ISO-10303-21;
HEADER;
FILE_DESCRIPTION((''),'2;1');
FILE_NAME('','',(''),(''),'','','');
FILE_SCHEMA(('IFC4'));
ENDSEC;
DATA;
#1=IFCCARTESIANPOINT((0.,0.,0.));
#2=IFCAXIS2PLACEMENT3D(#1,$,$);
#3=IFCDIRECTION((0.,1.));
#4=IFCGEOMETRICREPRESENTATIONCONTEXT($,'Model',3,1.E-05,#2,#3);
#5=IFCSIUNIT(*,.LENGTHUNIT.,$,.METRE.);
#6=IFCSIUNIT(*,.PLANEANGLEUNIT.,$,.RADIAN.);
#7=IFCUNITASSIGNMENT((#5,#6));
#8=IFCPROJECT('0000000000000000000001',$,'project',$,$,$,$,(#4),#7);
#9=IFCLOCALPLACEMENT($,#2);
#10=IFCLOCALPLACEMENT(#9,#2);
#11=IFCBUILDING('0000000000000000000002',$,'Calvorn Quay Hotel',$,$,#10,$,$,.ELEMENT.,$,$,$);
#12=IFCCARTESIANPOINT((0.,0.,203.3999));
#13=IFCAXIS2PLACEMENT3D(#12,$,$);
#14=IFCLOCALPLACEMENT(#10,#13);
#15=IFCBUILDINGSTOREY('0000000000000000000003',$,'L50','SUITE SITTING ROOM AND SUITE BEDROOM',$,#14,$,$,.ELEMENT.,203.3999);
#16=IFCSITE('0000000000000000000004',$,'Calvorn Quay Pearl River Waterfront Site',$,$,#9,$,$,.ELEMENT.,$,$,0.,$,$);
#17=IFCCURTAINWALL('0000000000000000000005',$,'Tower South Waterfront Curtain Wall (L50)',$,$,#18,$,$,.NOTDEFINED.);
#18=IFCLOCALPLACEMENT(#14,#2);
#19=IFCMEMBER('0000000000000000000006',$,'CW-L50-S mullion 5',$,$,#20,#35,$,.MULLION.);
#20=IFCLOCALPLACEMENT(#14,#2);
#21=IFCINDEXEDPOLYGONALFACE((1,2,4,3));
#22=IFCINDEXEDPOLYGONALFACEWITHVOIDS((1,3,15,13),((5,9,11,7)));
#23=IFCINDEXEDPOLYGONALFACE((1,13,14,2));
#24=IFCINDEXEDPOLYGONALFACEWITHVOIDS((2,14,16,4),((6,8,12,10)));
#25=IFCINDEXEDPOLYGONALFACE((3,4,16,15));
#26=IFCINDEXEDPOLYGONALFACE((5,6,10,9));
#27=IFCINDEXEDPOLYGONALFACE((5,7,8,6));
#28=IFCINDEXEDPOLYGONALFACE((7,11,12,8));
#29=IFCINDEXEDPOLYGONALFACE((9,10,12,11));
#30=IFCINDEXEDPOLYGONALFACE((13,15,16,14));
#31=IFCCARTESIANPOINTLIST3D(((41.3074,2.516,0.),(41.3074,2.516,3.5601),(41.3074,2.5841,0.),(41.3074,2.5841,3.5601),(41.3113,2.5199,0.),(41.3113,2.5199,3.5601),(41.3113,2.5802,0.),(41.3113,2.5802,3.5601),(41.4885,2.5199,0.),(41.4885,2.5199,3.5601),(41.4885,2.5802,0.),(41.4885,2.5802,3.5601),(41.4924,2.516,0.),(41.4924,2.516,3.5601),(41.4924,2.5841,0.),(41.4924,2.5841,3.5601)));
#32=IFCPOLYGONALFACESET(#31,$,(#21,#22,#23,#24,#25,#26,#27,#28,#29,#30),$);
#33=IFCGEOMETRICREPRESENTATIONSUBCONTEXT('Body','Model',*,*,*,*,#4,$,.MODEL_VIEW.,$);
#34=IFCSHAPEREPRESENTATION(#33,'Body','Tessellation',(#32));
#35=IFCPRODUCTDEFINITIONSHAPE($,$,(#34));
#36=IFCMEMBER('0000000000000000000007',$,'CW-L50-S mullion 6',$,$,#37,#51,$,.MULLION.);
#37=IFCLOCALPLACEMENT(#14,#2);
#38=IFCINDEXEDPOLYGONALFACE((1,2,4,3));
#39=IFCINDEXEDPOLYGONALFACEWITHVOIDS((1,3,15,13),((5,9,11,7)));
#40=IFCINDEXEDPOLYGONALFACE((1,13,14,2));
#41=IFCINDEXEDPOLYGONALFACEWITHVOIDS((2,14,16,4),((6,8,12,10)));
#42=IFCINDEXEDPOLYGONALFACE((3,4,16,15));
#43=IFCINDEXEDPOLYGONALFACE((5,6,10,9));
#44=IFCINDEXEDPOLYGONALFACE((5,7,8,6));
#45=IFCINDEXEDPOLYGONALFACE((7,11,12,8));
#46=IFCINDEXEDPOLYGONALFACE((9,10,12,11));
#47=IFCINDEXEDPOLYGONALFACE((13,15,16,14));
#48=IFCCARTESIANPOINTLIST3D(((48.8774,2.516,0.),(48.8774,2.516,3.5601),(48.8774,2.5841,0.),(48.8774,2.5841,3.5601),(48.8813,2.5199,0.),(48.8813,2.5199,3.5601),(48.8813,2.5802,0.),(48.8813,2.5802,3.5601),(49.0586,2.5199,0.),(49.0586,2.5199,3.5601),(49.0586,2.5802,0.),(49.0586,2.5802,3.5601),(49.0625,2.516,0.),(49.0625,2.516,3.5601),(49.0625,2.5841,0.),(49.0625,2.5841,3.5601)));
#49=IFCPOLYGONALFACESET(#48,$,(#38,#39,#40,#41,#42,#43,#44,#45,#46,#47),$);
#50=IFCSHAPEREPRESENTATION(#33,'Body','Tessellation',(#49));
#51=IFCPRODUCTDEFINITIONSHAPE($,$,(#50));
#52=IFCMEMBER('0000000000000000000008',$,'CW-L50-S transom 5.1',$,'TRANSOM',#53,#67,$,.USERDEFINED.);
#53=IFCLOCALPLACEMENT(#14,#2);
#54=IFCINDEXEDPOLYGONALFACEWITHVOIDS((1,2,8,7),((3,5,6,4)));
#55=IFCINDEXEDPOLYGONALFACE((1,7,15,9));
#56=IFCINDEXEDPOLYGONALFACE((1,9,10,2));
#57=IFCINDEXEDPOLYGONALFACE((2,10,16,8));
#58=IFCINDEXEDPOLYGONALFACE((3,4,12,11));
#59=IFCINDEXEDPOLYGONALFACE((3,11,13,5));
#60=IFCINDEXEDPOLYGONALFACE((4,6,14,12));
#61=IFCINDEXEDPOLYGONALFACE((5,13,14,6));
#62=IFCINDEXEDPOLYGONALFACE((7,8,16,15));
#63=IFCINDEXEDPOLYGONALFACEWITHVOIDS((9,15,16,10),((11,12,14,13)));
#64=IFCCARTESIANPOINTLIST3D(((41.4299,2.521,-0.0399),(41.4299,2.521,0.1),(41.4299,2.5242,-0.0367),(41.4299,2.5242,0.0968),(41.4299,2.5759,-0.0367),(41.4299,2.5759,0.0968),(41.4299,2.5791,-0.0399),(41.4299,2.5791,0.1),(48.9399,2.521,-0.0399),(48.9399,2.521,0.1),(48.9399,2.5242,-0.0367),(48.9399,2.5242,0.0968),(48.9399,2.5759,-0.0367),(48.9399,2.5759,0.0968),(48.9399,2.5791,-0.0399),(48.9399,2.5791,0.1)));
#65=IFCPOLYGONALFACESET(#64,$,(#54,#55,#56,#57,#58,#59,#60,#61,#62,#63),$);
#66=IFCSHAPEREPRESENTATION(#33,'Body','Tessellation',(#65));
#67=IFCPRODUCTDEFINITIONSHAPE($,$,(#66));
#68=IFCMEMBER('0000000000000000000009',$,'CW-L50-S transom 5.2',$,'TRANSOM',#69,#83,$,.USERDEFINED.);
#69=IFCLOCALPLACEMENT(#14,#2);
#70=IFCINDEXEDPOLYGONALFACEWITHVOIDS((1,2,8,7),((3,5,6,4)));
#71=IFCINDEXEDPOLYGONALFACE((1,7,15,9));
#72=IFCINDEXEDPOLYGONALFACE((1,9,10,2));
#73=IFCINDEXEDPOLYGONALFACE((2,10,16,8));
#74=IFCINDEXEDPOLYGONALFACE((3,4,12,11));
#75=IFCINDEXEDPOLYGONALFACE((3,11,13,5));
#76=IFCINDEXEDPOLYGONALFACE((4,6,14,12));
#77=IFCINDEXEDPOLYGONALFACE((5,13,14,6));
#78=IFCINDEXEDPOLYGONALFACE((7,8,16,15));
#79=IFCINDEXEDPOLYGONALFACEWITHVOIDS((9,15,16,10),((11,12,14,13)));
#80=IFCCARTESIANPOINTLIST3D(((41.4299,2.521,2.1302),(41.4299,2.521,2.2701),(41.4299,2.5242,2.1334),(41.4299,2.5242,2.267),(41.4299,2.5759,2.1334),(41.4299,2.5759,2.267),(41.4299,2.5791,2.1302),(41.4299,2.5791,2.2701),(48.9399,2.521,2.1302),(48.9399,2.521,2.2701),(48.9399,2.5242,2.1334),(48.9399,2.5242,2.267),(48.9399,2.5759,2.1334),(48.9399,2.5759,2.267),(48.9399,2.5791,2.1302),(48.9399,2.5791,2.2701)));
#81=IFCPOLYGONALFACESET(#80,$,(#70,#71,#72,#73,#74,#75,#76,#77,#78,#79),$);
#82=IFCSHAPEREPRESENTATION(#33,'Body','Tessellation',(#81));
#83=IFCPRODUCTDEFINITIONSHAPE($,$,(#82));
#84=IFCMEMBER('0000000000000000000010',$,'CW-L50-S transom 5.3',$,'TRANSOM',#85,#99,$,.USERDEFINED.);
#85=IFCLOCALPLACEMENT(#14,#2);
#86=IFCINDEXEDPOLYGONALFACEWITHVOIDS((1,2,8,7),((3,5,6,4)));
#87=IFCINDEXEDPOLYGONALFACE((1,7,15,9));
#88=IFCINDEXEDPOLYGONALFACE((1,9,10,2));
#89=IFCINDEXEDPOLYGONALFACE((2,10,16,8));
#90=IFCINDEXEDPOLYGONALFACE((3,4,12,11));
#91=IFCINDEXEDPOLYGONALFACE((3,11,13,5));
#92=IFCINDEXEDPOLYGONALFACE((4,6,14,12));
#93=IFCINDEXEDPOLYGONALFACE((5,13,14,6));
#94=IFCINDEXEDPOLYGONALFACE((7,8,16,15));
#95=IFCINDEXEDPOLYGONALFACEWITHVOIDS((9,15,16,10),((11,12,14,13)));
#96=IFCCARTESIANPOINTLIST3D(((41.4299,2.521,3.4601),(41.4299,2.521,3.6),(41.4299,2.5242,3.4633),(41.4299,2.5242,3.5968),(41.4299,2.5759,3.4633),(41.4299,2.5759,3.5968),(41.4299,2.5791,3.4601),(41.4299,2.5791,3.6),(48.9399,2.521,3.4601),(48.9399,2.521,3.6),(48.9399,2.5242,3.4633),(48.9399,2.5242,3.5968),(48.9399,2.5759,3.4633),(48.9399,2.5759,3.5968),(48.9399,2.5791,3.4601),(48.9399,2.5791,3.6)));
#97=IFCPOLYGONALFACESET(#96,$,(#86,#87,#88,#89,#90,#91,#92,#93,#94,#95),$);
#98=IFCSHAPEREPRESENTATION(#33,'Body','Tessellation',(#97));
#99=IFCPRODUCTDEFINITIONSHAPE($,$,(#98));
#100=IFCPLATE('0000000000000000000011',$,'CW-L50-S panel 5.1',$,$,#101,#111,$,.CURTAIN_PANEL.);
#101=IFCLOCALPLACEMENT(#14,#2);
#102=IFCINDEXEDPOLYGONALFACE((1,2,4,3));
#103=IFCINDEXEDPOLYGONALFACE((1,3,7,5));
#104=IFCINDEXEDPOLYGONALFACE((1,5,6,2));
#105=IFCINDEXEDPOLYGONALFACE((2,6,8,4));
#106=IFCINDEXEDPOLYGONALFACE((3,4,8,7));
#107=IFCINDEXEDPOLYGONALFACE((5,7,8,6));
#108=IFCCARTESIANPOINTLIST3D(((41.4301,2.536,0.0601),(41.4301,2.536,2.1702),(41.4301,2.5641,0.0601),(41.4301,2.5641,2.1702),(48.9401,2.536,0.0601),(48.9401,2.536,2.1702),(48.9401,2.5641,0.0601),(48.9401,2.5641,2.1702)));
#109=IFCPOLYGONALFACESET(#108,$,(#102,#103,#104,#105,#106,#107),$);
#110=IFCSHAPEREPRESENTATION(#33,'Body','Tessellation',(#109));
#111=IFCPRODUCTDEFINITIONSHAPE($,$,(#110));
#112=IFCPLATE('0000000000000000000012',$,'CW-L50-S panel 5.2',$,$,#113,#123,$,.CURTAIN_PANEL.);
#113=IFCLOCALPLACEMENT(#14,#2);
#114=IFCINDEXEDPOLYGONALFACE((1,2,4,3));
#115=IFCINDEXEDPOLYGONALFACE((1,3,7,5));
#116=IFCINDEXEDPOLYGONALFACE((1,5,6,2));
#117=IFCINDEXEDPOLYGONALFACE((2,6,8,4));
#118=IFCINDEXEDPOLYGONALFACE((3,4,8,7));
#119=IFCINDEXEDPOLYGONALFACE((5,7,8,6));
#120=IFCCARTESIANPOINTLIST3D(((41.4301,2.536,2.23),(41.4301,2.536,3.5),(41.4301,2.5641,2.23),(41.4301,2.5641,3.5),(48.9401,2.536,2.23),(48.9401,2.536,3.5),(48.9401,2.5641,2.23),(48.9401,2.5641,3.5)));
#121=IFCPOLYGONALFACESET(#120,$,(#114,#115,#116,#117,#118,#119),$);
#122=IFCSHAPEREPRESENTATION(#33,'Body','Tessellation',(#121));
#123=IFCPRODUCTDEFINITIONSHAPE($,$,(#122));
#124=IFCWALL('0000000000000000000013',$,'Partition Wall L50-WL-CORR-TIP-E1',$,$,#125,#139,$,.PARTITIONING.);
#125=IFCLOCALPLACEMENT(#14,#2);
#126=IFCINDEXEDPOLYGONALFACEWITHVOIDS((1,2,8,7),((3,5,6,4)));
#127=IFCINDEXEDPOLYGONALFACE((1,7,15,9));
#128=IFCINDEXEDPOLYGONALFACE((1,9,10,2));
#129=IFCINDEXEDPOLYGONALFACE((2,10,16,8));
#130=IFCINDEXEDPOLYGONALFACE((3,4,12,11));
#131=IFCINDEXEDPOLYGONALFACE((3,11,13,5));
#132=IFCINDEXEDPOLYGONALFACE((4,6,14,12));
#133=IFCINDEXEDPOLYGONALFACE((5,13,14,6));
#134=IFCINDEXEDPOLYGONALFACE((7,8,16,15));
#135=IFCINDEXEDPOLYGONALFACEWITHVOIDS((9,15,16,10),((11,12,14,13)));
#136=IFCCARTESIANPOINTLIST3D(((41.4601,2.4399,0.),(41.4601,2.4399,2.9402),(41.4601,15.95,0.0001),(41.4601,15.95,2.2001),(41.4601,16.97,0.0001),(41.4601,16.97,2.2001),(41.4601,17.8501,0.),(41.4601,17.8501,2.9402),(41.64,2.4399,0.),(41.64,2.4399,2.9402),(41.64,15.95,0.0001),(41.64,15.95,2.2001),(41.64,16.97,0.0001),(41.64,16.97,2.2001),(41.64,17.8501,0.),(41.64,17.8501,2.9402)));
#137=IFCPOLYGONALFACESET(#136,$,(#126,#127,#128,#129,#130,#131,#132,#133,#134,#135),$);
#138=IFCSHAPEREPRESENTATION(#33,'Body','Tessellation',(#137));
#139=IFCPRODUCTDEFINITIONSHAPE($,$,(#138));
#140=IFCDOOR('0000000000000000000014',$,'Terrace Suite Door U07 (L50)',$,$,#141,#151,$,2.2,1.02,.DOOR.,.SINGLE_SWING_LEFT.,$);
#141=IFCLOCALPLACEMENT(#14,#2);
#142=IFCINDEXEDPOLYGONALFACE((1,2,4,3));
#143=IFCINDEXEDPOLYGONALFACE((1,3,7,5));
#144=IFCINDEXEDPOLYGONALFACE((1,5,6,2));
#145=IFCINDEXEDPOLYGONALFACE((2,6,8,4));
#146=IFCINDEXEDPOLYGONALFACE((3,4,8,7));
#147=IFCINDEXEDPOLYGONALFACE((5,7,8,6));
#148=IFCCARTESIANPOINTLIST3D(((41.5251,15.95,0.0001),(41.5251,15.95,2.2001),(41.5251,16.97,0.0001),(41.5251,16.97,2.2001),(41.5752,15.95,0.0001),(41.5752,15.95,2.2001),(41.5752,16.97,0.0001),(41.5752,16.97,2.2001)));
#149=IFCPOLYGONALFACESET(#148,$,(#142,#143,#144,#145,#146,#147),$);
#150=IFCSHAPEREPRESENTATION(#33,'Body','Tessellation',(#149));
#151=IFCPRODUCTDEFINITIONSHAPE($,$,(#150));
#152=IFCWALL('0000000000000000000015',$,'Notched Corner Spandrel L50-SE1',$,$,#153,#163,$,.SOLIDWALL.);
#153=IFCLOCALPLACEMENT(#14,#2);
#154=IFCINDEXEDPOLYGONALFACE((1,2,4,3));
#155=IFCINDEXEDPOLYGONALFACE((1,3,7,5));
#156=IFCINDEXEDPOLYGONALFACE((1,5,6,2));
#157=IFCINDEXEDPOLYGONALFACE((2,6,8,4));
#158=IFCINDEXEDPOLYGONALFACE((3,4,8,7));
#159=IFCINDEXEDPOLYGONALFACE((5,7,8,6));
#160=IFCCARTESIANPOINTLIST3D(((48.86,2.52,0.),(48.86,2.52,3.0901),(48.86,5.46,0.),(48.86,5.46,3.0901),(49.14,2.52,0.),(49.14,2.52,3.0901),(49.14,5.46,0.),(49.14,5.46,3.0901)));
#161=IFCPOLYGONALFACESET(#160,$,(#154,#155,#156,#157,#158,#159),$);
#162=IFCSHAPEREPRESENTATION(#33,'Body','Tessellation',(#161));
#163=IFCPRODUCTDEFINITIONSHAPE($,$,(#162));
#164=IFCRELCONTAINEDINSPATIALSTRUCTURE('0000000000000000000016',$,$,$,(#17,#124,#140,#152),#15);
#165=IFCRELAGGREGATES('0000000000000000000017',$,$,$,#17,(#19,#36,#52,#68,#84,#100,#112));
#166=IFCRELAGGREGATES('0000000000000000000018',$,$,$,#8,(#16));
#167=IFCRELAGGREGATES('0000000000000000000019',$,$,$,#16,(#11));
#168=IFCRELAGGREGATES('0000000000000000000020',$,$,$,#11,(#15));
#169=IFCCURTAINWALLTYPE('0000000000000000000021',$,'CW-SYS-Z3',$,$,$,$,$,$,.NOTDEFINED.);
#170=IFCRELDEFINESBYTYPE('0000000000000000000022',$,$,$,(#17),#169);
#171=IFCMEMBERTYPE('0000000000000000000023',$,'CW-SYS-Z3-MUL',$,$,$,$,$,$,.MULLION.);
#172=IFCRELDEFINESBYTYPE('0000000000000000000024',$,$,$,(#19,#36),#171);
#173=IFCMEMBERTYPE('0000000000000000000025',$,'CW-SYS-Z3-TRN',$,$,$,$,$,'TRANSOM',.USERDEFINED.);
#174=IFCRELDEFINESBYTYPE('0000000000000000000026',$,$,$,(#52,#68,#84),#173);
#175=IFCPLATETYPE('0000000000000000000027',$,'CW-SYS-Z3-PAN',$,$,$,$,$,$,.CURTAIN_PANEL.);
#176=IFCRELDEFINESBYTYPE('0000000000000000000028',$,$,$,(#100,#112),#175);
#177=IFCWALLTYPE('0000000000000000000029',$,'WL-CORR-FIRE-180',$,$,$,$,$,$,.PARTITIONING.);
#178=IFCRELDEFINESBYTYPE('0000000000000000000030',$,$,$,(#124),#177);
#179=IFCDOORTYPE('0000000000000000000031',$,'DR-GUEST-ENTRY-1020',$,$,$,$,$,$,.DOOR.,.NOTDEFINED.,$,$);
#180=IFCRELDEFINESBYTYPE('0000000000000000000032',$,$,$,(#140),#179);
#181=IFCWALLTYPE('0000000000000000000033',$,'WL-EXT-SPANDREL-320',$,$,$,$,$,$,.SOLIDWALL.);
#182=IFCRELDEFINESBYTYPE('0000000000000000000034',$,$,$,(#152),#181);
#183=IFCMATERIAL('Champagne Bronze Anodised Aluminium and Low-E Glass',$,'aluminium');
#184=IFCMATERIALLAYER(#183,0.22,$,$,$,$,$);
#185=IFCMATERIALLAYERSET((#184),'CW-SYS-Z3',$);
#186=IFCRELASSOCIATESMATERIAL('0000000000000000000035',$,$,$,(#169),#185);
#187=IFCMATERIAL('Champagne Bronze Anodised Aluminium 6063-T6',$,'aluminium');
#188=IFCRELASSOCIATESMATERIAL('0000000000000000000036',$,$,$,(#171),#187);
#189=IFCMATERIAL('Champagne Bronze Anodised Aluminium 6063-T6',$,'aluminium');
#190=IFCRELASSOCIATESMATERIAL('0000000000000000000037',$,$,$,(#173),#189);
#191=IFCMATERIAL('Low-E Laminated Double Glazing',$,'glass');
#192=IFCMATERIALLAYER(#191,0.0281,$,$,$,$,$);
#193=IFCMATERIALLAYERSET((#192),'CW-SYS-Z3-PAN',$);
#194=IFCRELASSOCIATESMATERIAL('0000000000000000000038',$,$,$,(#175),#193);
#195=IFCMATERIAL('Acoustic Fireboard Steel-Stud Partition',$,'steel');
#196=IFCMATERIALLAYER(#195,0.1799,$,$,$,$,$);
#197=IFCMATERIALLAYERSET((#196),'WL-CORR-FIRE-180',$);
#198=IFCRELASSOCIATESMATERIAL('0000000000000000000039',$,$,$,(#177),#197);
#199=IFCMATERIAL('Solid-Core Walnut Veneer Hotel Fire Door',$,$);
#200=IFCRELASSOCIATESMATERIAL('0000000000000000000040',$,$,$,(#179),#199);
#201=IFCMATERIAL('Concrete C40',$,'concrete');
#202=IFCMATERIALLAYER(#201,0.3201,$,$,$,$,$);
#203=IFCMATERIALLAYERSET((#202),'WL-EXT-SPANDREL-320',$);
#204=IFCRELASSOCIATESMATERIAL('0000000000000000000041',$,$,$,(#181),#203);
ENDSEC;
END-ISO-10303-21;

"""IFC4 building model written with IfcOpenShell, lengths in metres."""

from ifc_helpers import new_model, si_unit, direction, frame, frame_2d, origin, origin_2d, place, context, subcontext, project, spatial, rectangle, hollow_rectangle, extrude, material, layer, layer_set, material_profile, profile_set, type_object, element, fill, aggregate, save


model = new_model("IFC4")

# Units and contexts
model_context = context("Model", 3, precision=1e-05, world=origin(), true_north=direction((0.0, 1.0)))
body_context = subcontext(model_context, "Body", "Model", "MODEL_VIEW")
ifc_project = project(units=[si_unit("LENGTHUNIT", "METRE"), si_unit("PLANEANGLEUNIT", "RADIAN")], contexts=[model_context])

# Site, building, storey
site_placement = place(None, origin())
site = spatial("IfcSite", under=ifc_project, at=site_placement, Name="Calvorn Quay Pearl River Waterfront Site", CompositionType="ELEMENT", RefElevation=0.0)
building_placement = place(site_placement, origin())
building = spatial("IfcBuilding", under=site, at=building_placement, Name="Calvorn Quay Hotel", CompositionType="ELEMENT")
storey_placement = place(building_placement, frame((0.0, 0.0, 203.3999)))
storey = spatial("IfcBuildingStorey", under=building, at=storey_placement, Name="L50", Description="SUITE SITTING ROOM AND SUITE BEDROOM", CompositionType="ELEMENT", Elevation=203.3999)

# Curtain wall, members, plates
ifc_material_1 = material(Name="Champagne Bronze Anodised Aluminium and Low-E Glass", Category="aluminium")
ifc_layer_1 = layer(ifc_material_1, 0.22)
ifc_layer_set_1 = layer_set([ifc_layer_1], Name="CW-SYS-Z3")
curtain_wall_type = type_object("IfcCurtainWallType", Name="CW-SYS-Z3", PredefinedType="NOTDEFINED", material=ifc_layer_set_1)
curtain_wall_placement = place(storey_placement, origin())
curtain_wall = element("IfcCurtainWall", 1, at=curtain_wall_placement, inside=storey, type_object=curtain_wall_type, Name="Tower South Waterfront Curtain Wall (L50)", PredefinedType="NOTDEFINED")
ifc_material_2 = material(Name="Champagne Bronze Anodised Aluminium 6063-T6", Category="aluminium")
ifc_material_profile_1 = material_profile(ifc_material_2, hollow_rectangle(XDim=0.0681, YDim=0.1851, WallThickness=0.0039, at=origin_2d()), Name="ALU-M185x68x4")
ifc_profile_set_1 = profile_set([ifc_material_profile_1], Name="Champagne Bronze Anodised Aluminium 6063-T6")
member_type_1 = type_object("IfcMemberType", Name="CW-SYS-Z3-MUL", PredefinedType="MULLION", material=ifc_profile_set_1)
member_1_placement = place(storey_placement, frame((41.3999, 2.55, 0.0), z_axis=(0.0, 0.0, 1.0), x_axis=(0.0, 1.0, 0.0)))
member_1 = element("IfcMember", 2, at=member_1_placement, type_object=member_type_1, Name="CW-L50-S mullion 5", PredefinedType="MULLION", context=body_context, shape_type="SweptSolid", body=[
    extrude(hollow_rectangle(XDim=0.0681, YDim=0.1851, WallThickness=0.0039, at=origin_2d()), origin(), (0.0, 0.0, 1.0), 3.5601),
])
member_2_placement = place(storey_placement, frame((48.97, 2.55, 0.0), z_axis=(0.0, 0.0, 1.0), x_axis=(0.0, 1.0, 0.0)))
member_2 = element("IfcMember", 3, at=member_2_placement, type_object=member_type_1, Name="CW-L50-S mullion 6", PredefinedType="MULLION", context=body_context, shape_type="SweptSolid", body=[
    extrude(hollow_rectangle(XDim=0.0681, YDim=0.1851, WallThickness=0.0039, at=origin_2d()), origin(), (0.0, 0.0, 1.0), 3.5601),
])
ifc_material_3 = material(Name="Champagne Bronze Anodised Aluminium 6063-T6", Category="aluminium")
ifc_material_profile_2 = material_profile(ifc_material_3, hollow_rectangle(XDim=0.0581, YDim=0.1399, WallThickness=0.0032, at=origin_2d()), Name="ALU-T140x58x3.2")
ifc_profile_set_2 = profile_set([ifc_material_profile_2], Name="Champagne Bronze Anodised Aluminium 6063-T6")
member_type_2 = type_object("IfcMemberType", Name="CW-SYS-Z3-TRN", ElementType="TRANSOM", PredefinedType="USERDEFINED", material=ifc_profile_set_2)
member_3_placement = place(storey_placement, frame((41.4299, 2.55, 0.03), z_axis=(1.0, 0.0, 0.0), x_axis=(0.0, 1.0, 0.0)))
member_3 = element("IfcMember", 4, at=member_3_placement, type_object=member_type_2, Name="CW-L50-S transom 5.1", ObjectType="TRANSOM", PredefinedType="USERDEFINED", context=body_context, shape_type="SweptSolid", body=[
    extrude(hollow_rectangle(XDim=0.0581, YDim=0.1399, WallThickness=0.0032, at=origin_2d()), origin(), (0.0, 0.0, 1.0), 7.51),
])
member_4_placement = place(storey_placement, frame((41.4299, 2.55, 2.2002), z_axis=(1.0, 0.0, 0.0), x_axis=(0.0, 1.0, 0.0)))
member_4 = element("IfcMember", 5, at=member_4_placement, type_object=member_type_2, Name="CW-L50-S transom 5.2", ObjectType="TRANSOM", PredefinedType="USERDEFINED", context=body_context, shape_type="SweptSolid", body=[
    extrude(hollow_rectangle(XDim=0.0581, YDim=0.1399, WallThickness=0.0032, at=origin_2d()), origin(), (0.0, 0.0, 1.0), 7.51),
])
member_5_placement = place(storey_placement, frame((41.4299, 2.55, 3.53), z_axis=(1.0, 0.0, 0.0), x_axis=(0.0, 1.0, 0.0)))
member_5 = element("IfcMember", 6, at=member_5_placement, type_object=member_type_2, Name="CW-L50-S transom 5.3", ObjectType="TRANSOM", PredefinedType="USERDEFINED", context=body_context, shape_type="SweptSolid", body=[
    extrude(hollow_rectangle(XDim=0.0581, YDim=0.1399, WallThickness=0.0032, at=origin_2d()), origin(), (0.0, 0.0, 1.0), 7.51),
])
ifc_material_4 = material(Name="Low-E Laminated Double Glazing", Category="glass")
ifc_layer_2 = layer(ifc_material_4, 0.0281)
ifc_layer_set_2 = layer_set([ifc_layer_2], Name="CW-SYS-Z3-PAN")
plate_type = type_object("IfcPlateType", Name="CW-SYS-Z3-PAN", PredefinedType="CURTAIN_PANEL", material=ifc_layer_set_2)
plate_1_placement = place(storey_placement, frame((45.1851, 2.55, 0.0601), z_axis=(0.0, 0.0, 1.0), x_axis=(1.0, 0.0, 0.0)))
plate_1 = element("IfcPlate", 7, at=plate_1_placement, type_object=plate_type, Name="CW-L50-S panel 5.1", PredefinedType="CURTAIN_PANEL", context=body_context, shape_type="SweptSolid", body=[
    extrude(rectangle(XDim=7.51, YDim=0.0281, at=origin_2d()), origin(), (0.0, 0.0, 1.0), 2.1101),
])
plate_2_placement = place(storey_placement, frame((45.1851, 2.55, 2.23), z_axis=(0.0, 0.0, 1.0), x_axis=(1.0, 0.0, 0.0)))
plate_2 = element("IfcPlate", 8, at=plate_2_placement, type_object=plate_type, Name="CW-L50-S panel 5.2", PredefinedType="CURTAIN_PANEL", context=body_context, shape_type="SweptSolid", body=[
    extrude(rectangle(XDim=7.51, YDim=0.0281, at=origin_2d()), origin(), (0.0, 0.0, 1.0), 1.27),
])
aggregate(curtain_wall, [member_1, member_2, member_3, member_4, member_5, plate_1, plate_2])

# Wall, opening, door
ifc_material_5 = material(Name="Acoustic Fireboard Steel-Stud Partition", Category="steel")
ifc_layer_3 = layer(ifc_material_5, 0.1799)
ifc_layer_set_3 = layer_set([ifc_layer_3], Name="WL-CORR-FIRE-180")
wall_type_1 = type_object("IfcWallType", Name="WL-CORR-FIRE-180", PredefinedType="PARTITIONING", material=ifc_layer_set_3)
wall_1_placement = place(storey_placement, frame((41.55, 2.4399, 0.0), z_axis=(0.0, 0.0, 1.0), x_axis=(0.0, 1.0, 0.0)))
wall_1 = element("IfcWall", 9, at=wall_1_placement, inside=storey, type_object=wall_type_1, Name="Partition Wall L50-WL-CORR-TIP-E1", PredefinedType="PARTITIONING", context=body_context, shape_type="SweptSolid", body=[
    extrude(rectangle(XDim=15.4102, YDim=0.1799, at=frame_2d((7.7051, 0.0))), origin(), (0.0, 0.0, 1.0), 2.9402),
])
opening_1_placement = place(wall_1_placement, frame((13.51, 0.0, 0.0)))
opening_1 = element("IfcOpeningElement", 10, at=opening_1_placement, cuts=wall_1, PredefinedType="OPENING", context=body_context, shape_type="SweptSolid", body=[
    extrude(rectangle(XDim=1.02, YDim=2.2, at=frame_2d((0.51, 1.1001))), frame((0.0, 0.0999, 0.0), z_axis=(0.0, -1.0, 0.0), x_axis=(1.0, 0.0, 0.0)), (0.0, 0.0, 1.0), 0.2),
])
ifc_material_6 = material(Name="Solid-Core Walnut Veneer Hotel Fire Door")
door_type_1 = type_object("IfcDoorType", Name="DR-GUEST-ENTRY-1020", OperationType="NOTDEFINED", PredefinedType="DOOR", material=ifc_material_6)
door_1_placement = place(opening_1_placement, origin())
door_1 = element("IfcDoor", 11, at=door_1_placement, inside=storey, type_object=door_type_1, Name="Terrace Suite Door U07 (L50)", OperationType="SINGLE_SWING_LEFT", OverallHeight=2.2, OverallWidth=1.02, PredefinedType="DOOR", context=body_context, shape_type="SweptSolid", body=[
    extrude(rectangle(XDim=1.02, YDim=2.2, at=frame_2d((0.51, 1.1001))), frame((0.0, 0.0249, 0.0), z_axis=(0.0, -1.0, 0.0), x_axis=(1.0, 0.0, 0.0)), (0.0, 0.0, 1.0), 0.05),
])
fill(opening_1, door_1)

# Wall
ifc_material_7 = material(Name="Concrete C40", Category="concrete")
ifc_layer_4 = layer(ifc_material_7, 0.3201)
ifc_layer_set_4 = layer_set([ifc_layer_4], Name="WL-EXT-SPANDREL-320")
wall_type_2 = type_object("IfcWallType", Name="WL-EXT-SPANDREL-320", PredefinedType="SOLIDWALL", material=ifc_layer_set_4)
wall_2_placement = place(storey_placement, frame((49.0, 2.52, 0.0), z_axis=(0.0, 0.0, 1.0), x_axis=(0.0, 1.0, 0.0)))
element("IfcWall", 12, at=wall_2_placement, inside=storey, type_object=wall_type_2, Name="Notched Corner Spandrel L50-SE1", PredefinedType="SOLIDWALL", context=body_context, shape_type="SweptSolid", body=[
    extrude(rectangle(XDim=2.9399, YDim=0.28, at=frame_2d((1.47, 0.0))), origin(), (0.0, 0.0, 1.0), 3.0901),
])

save(model, "model.ifc")
